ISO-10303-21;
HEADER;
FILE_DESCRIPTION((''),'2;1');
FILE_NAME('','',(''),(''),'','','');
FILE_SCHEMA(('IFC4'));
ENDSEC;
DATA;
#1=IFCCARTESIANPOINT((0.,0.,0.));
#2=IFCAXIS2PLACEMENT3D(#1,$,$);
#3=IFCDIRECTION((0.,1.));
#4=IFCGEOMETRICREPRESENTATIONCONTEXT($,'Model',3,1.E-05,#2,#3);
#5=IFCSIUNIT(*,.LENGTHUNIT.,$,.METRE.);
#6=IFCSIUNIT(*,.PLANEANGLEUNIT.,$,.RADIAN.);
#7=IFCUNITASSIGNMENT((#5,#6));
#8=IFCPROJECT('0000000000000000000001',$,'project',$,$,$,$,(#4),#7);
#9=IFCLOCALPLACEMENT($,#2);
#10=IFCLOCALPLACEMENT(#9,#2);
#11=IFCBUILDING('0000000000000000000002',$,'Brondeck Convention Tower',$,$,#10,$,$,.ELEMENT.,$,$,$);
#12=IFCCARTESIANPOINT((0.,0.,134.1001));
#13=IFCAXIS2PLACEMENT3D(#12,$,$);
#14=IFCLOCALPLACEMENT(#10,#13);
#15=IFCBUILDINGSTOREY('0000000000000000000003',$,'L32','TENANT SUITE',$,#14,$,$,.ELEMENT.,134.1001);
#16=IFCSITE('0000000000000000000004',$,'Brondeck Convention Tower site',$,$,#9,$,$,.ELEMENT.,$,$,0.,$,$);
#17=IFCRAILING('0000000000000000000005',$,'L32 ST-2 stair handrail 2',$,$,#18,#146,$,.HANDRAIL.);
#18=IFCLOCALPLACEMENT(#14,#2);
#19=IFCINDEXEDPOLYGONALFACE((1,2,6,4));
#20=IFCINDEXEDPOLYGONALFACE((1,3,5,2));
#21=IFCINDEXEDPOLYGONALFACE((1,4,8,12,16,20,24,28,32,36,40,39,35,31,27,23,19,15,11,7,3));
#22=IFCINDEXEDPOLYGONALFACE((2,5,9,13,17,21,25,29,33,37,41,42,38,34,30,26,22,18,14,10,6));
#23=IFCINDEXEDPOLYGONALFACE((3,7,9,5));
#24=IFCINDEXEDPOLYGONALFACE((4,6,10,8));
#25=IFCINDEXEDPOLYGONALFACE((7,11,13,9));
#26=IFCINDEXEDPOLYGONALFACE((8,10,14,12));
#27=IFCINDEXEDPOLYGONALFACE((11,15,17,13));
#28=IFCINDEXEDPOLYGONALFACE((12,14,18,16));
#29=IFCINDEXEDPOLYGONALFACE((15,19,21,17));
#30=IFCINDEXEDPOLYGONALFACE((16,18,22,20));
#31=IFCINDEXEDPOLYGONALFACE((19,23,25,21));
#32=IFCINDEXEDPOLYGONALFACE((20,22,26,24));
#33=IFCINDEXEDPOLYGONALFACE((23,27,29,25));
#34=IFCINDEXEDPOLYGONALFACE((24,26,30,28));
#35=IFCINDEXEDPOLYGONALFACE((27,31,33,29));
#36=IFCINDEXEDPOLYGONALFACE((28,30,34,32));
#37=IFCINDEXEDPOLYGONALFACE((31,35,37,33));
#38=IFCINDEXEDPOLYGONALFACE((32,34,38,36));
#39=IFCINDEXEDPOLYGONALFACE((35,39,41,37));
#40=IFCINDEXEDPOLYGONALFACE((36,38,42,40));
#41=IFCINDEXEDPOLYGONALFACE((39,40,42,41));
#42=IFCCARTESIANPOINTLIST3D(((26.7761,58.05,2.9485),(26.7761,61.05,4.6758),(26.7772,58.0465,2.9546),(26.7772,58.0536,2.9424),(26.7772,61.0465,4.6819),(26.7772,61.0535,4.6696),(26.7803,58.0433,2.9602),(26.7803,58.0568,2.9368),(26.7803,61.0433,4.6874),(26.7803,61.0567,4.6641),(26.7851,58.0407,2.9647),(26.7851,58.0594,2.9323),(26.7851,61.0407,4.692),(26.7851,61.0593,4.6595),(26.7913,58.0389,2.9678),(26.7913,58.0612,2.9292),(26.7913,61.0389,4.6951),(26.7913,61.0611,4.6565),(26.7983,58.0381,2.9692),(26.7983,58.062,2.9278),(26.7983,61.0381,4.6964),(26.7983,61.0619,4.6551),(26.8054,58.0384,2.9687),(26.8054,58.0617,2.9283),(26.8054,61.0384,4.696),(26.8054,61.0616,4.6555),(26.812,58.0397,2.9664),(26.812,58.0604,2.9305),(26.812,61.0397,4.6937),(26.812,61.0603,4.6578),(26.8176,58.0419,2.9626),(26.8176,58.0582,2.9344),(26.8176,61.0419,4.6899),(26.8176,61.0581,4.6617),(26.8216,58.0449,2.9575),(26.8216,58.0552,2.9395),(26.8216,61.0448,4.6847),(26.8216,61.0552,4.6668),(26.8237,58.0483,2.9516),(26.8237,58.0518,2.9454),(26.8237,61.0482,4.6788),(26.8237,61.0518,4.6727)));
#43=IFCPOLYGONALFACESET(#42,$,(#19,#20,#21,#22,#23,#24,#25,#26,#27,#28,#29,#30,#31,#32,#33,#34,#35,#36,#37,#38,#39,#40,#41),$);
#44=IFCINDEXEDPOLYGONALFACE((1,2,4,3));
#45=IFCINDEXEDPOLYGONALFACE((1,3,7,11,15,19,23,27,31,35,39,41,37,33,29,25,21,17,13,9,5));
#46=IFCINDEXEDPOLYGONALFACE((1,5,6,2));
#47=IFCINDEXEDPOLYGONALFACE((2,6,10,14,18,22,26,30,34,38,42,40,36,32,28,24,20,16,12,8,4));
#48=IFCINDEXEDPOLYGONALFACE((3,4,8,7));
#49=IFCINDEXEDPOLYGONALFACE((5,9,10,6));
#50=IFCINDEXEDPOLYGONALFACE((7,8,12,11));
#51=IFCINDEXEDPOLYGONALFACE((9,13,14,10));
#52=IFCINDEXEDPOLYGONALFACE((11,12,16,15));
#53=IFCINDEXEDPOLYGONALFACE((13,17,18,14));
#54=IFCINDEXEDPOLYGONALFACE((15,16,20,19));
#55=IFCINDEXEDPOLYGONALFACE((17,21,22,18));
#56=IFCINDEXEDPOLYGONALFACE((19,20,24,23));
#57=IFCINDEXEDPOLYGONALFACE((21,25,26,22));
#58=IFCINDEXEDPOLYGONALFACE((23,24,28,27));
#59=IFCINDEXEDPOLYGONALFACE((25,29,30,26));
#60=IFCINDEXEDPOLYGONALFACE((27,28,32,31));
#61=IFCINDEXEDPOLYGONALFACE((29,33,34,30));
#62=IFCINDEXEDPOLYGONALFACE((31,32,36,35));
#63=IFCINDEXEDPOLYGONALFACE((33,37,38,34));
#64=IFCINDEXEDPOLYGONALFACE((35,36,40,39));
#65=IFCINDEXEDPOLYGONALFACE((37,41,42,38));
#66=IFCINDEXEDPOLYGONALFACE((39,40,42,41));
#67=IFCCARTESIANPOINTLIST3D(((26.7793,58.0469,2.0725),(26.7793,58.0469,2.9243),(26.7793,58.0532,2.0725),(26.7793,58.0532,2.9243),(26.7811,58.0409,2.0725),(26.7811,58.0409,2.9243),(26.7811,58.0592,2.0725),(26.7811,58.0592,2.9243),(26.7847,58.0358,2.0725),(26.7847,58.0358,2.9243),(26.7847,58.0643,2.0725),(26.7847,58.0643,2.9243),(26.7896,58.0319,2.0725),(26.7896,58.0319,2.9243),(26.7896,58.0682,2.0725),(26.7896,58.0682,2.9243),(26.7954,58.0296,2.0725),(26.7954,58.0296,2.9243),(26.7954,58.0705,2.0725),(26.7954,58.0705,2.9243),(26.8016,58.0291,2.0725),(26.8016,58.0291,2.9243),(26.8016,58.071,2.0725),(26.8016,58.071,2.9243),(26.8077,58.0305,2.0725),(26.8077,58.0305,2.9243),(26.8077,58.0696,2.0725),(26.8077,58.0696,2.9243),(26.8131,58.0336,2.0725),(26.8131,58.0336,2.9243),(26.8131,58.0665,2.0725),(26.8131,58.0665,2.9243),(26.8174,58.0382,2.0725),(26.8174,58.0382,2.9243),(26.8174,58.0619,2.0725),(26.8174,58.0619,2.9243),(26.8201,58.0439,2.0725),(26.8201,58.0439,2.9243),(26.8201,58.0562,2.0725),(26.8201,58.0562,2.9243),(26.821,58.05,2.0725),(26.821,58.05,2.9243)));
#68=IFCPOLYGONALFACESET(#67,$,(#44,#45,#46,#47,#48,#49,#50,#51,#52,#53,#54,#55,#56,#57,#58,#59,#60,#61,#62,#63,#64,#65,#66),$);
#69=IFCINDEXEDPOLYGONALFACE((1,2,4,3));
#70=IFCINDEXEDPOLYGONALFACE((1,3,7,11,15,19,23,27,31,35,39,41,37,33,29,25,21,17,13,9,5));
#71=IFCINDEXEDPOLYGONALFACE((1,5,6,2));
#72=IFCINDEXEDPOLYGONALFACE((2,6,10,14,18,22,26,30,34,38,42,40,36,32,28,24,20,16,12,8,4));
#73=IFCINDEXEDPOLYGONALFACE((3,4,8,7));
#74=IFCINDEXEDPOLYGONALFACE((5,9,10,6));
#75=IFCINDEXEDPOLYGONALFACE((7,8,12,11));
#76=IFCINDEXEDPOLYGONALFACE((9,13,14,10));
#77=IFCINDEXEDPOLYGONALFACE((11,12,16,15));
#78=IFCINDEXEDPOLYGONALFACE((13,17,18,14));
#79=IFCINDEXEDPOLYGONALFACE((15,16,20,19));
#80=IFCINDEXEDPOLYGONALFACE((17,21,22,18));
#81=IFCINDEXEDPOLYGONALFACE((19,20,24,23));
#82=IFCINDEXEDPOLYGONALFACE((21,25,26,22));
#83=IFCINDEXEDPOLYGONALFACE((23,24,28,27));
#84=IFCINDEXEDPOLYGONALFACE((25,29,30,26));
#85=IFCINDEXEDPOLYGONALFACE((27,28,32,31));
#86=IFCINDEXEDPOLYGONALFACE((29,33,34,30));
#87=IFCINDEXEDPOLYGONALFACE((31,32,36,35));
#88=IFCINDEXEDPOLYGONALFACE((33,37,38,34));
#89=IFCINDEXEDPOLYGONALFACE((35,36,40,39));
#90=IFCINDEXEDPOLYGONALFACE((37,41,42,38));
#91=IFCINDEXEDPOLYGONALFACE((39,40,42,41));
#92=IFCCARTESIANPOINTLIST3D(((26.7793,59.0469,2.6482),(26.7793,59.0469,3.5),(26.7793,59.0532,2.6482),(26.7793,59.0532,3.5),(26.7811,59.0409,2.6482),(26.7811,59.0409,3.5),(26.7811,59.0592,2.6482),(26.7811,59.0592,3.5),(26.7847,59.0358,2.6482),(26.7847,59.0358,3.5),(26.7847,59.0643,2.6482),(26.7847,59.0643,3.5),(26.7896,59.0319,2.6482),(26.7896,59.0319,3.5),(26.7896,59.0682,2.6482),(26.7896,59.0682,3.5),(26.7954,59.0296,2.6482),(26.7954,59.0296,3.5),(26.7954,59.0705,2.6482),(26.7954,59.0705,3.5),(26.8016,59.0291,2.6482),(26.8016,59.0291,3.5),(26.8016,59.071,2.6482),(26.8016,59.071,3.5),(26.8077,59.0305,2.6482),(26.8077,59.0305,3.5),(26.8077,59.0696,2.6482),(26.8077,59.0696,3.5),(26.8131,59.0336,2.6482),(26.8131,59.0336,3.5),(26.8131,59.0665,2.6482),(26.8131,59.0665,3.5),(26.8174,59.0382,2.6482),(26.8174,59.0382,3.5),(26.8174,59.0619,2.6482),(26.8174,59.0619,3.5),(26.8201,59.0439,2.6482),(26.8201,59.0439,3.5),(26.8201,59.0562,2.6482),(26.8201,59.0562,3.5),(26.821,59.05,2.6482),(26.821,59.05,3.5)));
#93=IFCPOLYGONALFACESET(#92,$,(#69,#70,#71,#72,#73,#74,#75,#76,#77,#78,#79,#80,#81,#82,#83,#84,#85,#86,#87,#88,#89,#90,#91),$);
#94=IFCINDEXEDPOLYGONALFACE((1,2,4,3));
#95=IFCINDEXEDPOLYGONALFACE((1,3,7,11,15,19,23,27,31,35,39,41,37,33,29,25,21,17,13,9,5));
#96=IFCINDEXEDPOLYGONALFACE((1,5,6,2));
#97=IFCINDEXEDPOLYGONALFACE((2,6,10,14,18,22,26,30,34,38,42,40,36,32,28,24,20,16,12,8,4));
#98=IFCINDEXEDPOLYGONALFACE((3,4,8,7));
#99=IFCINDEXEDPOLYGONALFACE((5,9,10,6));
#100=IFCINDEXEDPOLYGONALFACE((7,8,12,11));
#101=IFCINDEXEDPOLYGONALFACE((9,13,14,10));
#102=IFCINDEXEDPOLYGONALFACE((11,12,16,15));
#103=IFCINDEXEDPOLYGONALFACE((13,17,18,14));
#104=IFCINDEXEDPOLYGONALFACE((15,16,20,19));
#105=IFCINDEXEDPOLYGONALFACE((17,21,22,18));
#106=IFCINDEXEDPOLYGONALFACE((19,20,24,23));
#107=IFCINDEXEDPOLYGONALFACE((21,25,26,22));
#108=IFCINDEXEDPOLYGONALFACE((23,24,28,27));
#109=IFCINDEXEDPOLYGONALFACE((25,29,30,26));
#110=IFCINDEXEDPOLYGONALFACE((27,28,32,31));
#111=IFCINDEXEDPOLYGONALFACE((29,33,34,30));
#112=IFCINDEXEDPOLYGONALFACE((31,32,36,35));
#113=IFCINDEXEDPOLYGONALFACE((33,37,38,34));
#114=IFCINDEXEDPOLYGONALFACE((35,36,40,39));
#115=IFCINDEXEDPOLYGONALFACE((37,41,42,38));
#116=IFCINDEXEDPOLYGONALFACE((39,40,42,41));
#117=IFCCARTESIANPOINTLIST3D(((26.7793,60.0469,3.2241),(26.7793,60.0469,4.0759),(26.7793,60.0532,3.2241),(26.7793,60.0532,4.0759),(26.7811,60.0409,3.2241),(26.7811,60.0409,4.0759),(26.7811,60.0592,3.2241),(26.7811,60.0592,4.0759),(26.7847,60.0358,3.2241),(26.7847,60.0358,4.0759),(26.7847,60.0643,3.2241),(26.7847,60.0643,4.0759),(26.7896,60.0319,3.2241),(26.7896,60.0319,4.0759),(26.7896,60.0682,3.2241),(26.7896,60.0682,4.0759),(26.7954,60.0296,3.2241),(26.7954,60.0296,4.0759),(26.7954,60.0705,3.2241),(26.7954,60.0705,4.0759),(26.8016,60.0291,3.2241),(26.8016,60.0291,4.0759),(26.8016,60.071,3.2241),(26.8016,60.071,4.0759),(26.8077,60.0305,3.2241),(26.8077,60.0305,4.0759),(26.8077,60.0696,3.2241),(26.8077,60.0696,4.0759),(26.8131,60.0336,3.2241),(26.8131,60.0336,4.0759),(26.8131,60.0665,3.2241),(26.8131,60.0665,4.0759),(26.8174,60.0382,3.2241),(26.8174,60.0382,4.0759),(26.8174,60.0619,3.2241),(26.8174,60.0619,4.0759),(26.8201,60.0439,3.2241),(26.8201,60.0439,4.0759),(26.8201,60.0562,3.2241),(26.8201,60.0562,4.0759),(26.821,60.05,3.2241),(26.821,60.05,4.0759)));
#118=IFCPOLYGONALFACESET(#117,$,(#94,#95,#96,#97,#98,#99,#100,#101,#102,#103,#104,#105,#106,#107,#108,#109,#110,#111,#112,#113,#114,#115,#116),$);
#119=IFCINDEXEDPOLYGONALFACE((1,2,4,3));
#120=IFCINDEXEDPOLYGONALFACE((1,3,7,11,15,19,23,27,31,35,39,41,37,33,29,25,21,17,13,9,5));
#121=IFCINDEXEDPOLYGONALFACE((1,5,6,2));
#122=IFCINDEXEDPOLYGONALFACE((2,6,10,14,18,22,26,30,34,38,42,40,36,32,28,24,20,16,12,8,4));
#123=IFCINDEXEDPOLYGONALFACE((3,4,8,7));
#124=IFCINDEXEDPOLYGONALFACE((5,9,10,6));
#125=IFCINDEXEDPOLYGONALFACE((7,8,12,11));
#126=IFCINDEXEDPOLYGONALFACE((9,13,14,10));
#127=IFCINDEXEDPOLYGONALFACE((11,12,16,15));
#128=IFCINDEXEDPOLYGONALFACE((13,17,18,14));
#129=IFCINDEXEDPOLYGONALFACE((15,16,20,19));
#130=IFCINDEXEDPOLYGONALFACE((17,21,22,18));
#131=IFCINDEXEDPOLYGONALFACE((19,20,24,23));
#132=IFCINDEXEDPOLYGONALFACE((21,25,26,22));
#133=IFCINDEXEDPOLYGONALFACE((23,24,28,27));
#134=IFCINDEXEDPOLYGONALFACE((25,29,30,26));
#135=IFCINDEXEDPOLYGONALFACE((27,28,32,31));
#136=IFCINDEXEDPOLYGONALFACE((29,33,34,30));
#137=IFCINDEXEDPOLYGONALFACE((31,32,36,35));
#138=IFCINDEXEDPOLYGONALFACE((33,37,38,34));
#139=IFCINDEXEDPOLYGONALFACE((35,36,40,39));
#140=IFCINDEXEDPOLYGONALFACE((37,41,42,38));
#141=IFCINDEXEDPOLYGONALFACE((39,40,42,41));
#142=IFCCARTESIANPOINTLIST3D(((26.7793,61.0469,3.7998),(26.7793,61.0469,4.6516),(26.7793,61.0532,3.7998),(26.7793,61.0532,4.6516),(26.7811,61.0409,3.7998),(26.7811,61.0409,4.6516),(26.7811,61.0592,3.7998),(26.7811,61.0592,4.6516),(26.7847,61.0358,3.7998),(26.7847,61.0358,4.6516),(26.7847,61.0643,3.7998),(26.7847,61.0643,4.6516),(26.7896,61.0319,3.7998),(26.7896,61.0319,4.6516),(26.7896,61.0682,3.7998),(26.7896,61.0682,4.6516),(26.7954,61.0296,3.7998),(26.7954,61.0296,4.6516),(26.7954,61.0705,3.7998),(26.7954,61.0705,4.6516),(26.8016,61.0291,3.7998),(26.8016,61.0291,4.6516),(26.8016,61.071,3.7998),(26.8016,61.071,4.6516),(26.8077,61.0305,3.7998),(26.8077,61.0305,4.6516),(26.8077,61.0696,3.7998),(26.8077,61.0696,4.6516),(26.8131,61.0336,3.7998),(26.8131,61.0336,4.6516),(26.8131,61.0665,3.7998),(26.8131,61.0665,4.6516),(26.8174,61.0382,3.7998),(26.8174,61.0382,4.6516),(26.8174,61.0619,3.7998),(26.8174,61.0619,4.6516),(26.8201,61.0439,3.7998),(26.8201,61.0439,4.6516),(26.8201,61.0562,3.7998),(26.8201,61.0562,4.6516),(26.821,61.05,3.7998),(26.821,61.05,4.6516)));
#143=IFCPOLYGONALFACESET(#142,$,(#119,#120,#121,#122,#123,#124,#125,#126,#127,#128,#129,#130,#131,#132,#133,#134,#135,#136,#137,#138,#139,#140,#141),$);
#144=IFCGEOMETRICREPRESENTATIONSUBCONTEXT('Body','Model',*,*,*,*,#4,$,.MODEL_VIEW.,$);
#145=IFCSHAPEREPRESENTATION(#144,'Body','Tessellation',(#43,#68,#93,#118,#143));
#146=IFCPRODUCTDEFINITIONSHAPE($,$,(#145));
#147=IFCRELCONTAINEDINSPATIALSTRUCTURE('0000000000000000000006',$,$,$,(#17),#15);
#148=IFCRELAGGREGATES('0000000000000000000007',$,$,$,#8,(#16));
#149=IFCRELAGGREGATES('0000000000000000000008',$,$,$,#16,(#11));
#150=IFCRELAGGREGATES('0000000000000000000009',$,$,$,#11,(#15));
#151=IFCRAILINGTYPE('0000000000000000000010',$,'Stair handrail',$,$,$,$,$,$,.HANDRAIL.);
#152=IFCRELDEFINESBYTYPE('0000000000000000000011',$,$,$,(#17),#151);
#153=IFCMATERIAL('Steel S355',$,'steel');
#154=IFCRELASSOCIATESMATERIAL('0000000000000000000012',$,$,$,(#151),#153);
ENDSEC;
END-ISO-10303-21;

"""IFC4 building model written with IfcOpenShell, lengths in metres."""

from ifc_helpers import new_model, si_unit, direction, frame, origin, origin_2d, place, context, subcontext, project, spatial, circle, extrude, material, type_object, element, save


model = new_model("IFC4")

# Units and contexts
model_context = context("Model", 3, precision=1e-05, world=origin(), true_north=direction((0.0, 1.0)))
body_context = subcontext(model_context, "Body", "Model", "MODEL_VIEW")
ifc_project = project(units=[si_unit("LENGTHUNIT", "METRE"), si_unit("PLANEANGLEUNIT", "RADIAN")], contexts=[model_context])

# Site, building, storey
site_placement = place(None, origin())
site = spatial("IfcSite", under=ifc_project, at=site_placement, Name="Brondeck Convention Tower site", CompositionType="ELEMENT", RefElevation=0.0)
building_placement = place(site_placement, origin())
building = spatial("IfcBuilding", under=site, at=building_placement, Name="Brondeck Convention Tower", CompositionType="ELEMENT")
storey_placement = place(building_placement, frame((0.0, 0.0, 134.1001)))
storey = spatial("IfcBuildingStorey", under=building, at=storey_placement, Name="L32", Description="TENANT SUITE", CompositionType="ELEMENT", Elevation=134.1001)

# Shared definitions
ifc_material_1 = material(Name="Steel S355", Category="steel")

# Railing
railing_type_1 = type_object("IfcRailingType", Name="Stair handrail", PredefinedType="HANDRAIL", material=ifc_material_1)
railing_1_placement = place(storey_placement, frame((26.8, 58.05, 2.0725)))
element("IfcRailing", 1, at=railing_1_placement, inside=storey, type_object=railing_type_1, Name="L32 ST-2 stair handrail 2", PredefinedType="HANDRAIL", context=body_context, shape_type="SweptSolid", body=[
    extrude(circle(Radius=0.0239, at=origin_2d()), frame((0.0, 0.0, 0.876), z_axis=(0.0, 0.86662, 0.498969), x_axis=(-1.0, 0.0, 0.0)), (0.0, 0.0, 1.0), 3.4617),
    extrude(circle(Radius=0.021, at=origin_2d()), origin(), (0.0, 0.0, 1.0), 0.8518),
    extrude(circle(Radius=0.021, at=origin_2d()), frame((0.0, 1.0, 0.5757)), (0.0, 0.0, 1.0), 0.8518),
    extrude(circle(Radius=0.021, at=origin_2d()), frame((0.0, 2.0, 1.1516)), (0.0, 0.0, 1.0), 0.8518),
    extrude(circle(Radius=0.021, at=origin_2d()), frame((0.0, 3.0, 1.7273)), (0.0, 0.0, 1.0), 0.8518),
])

save(model, "model.ifc")
